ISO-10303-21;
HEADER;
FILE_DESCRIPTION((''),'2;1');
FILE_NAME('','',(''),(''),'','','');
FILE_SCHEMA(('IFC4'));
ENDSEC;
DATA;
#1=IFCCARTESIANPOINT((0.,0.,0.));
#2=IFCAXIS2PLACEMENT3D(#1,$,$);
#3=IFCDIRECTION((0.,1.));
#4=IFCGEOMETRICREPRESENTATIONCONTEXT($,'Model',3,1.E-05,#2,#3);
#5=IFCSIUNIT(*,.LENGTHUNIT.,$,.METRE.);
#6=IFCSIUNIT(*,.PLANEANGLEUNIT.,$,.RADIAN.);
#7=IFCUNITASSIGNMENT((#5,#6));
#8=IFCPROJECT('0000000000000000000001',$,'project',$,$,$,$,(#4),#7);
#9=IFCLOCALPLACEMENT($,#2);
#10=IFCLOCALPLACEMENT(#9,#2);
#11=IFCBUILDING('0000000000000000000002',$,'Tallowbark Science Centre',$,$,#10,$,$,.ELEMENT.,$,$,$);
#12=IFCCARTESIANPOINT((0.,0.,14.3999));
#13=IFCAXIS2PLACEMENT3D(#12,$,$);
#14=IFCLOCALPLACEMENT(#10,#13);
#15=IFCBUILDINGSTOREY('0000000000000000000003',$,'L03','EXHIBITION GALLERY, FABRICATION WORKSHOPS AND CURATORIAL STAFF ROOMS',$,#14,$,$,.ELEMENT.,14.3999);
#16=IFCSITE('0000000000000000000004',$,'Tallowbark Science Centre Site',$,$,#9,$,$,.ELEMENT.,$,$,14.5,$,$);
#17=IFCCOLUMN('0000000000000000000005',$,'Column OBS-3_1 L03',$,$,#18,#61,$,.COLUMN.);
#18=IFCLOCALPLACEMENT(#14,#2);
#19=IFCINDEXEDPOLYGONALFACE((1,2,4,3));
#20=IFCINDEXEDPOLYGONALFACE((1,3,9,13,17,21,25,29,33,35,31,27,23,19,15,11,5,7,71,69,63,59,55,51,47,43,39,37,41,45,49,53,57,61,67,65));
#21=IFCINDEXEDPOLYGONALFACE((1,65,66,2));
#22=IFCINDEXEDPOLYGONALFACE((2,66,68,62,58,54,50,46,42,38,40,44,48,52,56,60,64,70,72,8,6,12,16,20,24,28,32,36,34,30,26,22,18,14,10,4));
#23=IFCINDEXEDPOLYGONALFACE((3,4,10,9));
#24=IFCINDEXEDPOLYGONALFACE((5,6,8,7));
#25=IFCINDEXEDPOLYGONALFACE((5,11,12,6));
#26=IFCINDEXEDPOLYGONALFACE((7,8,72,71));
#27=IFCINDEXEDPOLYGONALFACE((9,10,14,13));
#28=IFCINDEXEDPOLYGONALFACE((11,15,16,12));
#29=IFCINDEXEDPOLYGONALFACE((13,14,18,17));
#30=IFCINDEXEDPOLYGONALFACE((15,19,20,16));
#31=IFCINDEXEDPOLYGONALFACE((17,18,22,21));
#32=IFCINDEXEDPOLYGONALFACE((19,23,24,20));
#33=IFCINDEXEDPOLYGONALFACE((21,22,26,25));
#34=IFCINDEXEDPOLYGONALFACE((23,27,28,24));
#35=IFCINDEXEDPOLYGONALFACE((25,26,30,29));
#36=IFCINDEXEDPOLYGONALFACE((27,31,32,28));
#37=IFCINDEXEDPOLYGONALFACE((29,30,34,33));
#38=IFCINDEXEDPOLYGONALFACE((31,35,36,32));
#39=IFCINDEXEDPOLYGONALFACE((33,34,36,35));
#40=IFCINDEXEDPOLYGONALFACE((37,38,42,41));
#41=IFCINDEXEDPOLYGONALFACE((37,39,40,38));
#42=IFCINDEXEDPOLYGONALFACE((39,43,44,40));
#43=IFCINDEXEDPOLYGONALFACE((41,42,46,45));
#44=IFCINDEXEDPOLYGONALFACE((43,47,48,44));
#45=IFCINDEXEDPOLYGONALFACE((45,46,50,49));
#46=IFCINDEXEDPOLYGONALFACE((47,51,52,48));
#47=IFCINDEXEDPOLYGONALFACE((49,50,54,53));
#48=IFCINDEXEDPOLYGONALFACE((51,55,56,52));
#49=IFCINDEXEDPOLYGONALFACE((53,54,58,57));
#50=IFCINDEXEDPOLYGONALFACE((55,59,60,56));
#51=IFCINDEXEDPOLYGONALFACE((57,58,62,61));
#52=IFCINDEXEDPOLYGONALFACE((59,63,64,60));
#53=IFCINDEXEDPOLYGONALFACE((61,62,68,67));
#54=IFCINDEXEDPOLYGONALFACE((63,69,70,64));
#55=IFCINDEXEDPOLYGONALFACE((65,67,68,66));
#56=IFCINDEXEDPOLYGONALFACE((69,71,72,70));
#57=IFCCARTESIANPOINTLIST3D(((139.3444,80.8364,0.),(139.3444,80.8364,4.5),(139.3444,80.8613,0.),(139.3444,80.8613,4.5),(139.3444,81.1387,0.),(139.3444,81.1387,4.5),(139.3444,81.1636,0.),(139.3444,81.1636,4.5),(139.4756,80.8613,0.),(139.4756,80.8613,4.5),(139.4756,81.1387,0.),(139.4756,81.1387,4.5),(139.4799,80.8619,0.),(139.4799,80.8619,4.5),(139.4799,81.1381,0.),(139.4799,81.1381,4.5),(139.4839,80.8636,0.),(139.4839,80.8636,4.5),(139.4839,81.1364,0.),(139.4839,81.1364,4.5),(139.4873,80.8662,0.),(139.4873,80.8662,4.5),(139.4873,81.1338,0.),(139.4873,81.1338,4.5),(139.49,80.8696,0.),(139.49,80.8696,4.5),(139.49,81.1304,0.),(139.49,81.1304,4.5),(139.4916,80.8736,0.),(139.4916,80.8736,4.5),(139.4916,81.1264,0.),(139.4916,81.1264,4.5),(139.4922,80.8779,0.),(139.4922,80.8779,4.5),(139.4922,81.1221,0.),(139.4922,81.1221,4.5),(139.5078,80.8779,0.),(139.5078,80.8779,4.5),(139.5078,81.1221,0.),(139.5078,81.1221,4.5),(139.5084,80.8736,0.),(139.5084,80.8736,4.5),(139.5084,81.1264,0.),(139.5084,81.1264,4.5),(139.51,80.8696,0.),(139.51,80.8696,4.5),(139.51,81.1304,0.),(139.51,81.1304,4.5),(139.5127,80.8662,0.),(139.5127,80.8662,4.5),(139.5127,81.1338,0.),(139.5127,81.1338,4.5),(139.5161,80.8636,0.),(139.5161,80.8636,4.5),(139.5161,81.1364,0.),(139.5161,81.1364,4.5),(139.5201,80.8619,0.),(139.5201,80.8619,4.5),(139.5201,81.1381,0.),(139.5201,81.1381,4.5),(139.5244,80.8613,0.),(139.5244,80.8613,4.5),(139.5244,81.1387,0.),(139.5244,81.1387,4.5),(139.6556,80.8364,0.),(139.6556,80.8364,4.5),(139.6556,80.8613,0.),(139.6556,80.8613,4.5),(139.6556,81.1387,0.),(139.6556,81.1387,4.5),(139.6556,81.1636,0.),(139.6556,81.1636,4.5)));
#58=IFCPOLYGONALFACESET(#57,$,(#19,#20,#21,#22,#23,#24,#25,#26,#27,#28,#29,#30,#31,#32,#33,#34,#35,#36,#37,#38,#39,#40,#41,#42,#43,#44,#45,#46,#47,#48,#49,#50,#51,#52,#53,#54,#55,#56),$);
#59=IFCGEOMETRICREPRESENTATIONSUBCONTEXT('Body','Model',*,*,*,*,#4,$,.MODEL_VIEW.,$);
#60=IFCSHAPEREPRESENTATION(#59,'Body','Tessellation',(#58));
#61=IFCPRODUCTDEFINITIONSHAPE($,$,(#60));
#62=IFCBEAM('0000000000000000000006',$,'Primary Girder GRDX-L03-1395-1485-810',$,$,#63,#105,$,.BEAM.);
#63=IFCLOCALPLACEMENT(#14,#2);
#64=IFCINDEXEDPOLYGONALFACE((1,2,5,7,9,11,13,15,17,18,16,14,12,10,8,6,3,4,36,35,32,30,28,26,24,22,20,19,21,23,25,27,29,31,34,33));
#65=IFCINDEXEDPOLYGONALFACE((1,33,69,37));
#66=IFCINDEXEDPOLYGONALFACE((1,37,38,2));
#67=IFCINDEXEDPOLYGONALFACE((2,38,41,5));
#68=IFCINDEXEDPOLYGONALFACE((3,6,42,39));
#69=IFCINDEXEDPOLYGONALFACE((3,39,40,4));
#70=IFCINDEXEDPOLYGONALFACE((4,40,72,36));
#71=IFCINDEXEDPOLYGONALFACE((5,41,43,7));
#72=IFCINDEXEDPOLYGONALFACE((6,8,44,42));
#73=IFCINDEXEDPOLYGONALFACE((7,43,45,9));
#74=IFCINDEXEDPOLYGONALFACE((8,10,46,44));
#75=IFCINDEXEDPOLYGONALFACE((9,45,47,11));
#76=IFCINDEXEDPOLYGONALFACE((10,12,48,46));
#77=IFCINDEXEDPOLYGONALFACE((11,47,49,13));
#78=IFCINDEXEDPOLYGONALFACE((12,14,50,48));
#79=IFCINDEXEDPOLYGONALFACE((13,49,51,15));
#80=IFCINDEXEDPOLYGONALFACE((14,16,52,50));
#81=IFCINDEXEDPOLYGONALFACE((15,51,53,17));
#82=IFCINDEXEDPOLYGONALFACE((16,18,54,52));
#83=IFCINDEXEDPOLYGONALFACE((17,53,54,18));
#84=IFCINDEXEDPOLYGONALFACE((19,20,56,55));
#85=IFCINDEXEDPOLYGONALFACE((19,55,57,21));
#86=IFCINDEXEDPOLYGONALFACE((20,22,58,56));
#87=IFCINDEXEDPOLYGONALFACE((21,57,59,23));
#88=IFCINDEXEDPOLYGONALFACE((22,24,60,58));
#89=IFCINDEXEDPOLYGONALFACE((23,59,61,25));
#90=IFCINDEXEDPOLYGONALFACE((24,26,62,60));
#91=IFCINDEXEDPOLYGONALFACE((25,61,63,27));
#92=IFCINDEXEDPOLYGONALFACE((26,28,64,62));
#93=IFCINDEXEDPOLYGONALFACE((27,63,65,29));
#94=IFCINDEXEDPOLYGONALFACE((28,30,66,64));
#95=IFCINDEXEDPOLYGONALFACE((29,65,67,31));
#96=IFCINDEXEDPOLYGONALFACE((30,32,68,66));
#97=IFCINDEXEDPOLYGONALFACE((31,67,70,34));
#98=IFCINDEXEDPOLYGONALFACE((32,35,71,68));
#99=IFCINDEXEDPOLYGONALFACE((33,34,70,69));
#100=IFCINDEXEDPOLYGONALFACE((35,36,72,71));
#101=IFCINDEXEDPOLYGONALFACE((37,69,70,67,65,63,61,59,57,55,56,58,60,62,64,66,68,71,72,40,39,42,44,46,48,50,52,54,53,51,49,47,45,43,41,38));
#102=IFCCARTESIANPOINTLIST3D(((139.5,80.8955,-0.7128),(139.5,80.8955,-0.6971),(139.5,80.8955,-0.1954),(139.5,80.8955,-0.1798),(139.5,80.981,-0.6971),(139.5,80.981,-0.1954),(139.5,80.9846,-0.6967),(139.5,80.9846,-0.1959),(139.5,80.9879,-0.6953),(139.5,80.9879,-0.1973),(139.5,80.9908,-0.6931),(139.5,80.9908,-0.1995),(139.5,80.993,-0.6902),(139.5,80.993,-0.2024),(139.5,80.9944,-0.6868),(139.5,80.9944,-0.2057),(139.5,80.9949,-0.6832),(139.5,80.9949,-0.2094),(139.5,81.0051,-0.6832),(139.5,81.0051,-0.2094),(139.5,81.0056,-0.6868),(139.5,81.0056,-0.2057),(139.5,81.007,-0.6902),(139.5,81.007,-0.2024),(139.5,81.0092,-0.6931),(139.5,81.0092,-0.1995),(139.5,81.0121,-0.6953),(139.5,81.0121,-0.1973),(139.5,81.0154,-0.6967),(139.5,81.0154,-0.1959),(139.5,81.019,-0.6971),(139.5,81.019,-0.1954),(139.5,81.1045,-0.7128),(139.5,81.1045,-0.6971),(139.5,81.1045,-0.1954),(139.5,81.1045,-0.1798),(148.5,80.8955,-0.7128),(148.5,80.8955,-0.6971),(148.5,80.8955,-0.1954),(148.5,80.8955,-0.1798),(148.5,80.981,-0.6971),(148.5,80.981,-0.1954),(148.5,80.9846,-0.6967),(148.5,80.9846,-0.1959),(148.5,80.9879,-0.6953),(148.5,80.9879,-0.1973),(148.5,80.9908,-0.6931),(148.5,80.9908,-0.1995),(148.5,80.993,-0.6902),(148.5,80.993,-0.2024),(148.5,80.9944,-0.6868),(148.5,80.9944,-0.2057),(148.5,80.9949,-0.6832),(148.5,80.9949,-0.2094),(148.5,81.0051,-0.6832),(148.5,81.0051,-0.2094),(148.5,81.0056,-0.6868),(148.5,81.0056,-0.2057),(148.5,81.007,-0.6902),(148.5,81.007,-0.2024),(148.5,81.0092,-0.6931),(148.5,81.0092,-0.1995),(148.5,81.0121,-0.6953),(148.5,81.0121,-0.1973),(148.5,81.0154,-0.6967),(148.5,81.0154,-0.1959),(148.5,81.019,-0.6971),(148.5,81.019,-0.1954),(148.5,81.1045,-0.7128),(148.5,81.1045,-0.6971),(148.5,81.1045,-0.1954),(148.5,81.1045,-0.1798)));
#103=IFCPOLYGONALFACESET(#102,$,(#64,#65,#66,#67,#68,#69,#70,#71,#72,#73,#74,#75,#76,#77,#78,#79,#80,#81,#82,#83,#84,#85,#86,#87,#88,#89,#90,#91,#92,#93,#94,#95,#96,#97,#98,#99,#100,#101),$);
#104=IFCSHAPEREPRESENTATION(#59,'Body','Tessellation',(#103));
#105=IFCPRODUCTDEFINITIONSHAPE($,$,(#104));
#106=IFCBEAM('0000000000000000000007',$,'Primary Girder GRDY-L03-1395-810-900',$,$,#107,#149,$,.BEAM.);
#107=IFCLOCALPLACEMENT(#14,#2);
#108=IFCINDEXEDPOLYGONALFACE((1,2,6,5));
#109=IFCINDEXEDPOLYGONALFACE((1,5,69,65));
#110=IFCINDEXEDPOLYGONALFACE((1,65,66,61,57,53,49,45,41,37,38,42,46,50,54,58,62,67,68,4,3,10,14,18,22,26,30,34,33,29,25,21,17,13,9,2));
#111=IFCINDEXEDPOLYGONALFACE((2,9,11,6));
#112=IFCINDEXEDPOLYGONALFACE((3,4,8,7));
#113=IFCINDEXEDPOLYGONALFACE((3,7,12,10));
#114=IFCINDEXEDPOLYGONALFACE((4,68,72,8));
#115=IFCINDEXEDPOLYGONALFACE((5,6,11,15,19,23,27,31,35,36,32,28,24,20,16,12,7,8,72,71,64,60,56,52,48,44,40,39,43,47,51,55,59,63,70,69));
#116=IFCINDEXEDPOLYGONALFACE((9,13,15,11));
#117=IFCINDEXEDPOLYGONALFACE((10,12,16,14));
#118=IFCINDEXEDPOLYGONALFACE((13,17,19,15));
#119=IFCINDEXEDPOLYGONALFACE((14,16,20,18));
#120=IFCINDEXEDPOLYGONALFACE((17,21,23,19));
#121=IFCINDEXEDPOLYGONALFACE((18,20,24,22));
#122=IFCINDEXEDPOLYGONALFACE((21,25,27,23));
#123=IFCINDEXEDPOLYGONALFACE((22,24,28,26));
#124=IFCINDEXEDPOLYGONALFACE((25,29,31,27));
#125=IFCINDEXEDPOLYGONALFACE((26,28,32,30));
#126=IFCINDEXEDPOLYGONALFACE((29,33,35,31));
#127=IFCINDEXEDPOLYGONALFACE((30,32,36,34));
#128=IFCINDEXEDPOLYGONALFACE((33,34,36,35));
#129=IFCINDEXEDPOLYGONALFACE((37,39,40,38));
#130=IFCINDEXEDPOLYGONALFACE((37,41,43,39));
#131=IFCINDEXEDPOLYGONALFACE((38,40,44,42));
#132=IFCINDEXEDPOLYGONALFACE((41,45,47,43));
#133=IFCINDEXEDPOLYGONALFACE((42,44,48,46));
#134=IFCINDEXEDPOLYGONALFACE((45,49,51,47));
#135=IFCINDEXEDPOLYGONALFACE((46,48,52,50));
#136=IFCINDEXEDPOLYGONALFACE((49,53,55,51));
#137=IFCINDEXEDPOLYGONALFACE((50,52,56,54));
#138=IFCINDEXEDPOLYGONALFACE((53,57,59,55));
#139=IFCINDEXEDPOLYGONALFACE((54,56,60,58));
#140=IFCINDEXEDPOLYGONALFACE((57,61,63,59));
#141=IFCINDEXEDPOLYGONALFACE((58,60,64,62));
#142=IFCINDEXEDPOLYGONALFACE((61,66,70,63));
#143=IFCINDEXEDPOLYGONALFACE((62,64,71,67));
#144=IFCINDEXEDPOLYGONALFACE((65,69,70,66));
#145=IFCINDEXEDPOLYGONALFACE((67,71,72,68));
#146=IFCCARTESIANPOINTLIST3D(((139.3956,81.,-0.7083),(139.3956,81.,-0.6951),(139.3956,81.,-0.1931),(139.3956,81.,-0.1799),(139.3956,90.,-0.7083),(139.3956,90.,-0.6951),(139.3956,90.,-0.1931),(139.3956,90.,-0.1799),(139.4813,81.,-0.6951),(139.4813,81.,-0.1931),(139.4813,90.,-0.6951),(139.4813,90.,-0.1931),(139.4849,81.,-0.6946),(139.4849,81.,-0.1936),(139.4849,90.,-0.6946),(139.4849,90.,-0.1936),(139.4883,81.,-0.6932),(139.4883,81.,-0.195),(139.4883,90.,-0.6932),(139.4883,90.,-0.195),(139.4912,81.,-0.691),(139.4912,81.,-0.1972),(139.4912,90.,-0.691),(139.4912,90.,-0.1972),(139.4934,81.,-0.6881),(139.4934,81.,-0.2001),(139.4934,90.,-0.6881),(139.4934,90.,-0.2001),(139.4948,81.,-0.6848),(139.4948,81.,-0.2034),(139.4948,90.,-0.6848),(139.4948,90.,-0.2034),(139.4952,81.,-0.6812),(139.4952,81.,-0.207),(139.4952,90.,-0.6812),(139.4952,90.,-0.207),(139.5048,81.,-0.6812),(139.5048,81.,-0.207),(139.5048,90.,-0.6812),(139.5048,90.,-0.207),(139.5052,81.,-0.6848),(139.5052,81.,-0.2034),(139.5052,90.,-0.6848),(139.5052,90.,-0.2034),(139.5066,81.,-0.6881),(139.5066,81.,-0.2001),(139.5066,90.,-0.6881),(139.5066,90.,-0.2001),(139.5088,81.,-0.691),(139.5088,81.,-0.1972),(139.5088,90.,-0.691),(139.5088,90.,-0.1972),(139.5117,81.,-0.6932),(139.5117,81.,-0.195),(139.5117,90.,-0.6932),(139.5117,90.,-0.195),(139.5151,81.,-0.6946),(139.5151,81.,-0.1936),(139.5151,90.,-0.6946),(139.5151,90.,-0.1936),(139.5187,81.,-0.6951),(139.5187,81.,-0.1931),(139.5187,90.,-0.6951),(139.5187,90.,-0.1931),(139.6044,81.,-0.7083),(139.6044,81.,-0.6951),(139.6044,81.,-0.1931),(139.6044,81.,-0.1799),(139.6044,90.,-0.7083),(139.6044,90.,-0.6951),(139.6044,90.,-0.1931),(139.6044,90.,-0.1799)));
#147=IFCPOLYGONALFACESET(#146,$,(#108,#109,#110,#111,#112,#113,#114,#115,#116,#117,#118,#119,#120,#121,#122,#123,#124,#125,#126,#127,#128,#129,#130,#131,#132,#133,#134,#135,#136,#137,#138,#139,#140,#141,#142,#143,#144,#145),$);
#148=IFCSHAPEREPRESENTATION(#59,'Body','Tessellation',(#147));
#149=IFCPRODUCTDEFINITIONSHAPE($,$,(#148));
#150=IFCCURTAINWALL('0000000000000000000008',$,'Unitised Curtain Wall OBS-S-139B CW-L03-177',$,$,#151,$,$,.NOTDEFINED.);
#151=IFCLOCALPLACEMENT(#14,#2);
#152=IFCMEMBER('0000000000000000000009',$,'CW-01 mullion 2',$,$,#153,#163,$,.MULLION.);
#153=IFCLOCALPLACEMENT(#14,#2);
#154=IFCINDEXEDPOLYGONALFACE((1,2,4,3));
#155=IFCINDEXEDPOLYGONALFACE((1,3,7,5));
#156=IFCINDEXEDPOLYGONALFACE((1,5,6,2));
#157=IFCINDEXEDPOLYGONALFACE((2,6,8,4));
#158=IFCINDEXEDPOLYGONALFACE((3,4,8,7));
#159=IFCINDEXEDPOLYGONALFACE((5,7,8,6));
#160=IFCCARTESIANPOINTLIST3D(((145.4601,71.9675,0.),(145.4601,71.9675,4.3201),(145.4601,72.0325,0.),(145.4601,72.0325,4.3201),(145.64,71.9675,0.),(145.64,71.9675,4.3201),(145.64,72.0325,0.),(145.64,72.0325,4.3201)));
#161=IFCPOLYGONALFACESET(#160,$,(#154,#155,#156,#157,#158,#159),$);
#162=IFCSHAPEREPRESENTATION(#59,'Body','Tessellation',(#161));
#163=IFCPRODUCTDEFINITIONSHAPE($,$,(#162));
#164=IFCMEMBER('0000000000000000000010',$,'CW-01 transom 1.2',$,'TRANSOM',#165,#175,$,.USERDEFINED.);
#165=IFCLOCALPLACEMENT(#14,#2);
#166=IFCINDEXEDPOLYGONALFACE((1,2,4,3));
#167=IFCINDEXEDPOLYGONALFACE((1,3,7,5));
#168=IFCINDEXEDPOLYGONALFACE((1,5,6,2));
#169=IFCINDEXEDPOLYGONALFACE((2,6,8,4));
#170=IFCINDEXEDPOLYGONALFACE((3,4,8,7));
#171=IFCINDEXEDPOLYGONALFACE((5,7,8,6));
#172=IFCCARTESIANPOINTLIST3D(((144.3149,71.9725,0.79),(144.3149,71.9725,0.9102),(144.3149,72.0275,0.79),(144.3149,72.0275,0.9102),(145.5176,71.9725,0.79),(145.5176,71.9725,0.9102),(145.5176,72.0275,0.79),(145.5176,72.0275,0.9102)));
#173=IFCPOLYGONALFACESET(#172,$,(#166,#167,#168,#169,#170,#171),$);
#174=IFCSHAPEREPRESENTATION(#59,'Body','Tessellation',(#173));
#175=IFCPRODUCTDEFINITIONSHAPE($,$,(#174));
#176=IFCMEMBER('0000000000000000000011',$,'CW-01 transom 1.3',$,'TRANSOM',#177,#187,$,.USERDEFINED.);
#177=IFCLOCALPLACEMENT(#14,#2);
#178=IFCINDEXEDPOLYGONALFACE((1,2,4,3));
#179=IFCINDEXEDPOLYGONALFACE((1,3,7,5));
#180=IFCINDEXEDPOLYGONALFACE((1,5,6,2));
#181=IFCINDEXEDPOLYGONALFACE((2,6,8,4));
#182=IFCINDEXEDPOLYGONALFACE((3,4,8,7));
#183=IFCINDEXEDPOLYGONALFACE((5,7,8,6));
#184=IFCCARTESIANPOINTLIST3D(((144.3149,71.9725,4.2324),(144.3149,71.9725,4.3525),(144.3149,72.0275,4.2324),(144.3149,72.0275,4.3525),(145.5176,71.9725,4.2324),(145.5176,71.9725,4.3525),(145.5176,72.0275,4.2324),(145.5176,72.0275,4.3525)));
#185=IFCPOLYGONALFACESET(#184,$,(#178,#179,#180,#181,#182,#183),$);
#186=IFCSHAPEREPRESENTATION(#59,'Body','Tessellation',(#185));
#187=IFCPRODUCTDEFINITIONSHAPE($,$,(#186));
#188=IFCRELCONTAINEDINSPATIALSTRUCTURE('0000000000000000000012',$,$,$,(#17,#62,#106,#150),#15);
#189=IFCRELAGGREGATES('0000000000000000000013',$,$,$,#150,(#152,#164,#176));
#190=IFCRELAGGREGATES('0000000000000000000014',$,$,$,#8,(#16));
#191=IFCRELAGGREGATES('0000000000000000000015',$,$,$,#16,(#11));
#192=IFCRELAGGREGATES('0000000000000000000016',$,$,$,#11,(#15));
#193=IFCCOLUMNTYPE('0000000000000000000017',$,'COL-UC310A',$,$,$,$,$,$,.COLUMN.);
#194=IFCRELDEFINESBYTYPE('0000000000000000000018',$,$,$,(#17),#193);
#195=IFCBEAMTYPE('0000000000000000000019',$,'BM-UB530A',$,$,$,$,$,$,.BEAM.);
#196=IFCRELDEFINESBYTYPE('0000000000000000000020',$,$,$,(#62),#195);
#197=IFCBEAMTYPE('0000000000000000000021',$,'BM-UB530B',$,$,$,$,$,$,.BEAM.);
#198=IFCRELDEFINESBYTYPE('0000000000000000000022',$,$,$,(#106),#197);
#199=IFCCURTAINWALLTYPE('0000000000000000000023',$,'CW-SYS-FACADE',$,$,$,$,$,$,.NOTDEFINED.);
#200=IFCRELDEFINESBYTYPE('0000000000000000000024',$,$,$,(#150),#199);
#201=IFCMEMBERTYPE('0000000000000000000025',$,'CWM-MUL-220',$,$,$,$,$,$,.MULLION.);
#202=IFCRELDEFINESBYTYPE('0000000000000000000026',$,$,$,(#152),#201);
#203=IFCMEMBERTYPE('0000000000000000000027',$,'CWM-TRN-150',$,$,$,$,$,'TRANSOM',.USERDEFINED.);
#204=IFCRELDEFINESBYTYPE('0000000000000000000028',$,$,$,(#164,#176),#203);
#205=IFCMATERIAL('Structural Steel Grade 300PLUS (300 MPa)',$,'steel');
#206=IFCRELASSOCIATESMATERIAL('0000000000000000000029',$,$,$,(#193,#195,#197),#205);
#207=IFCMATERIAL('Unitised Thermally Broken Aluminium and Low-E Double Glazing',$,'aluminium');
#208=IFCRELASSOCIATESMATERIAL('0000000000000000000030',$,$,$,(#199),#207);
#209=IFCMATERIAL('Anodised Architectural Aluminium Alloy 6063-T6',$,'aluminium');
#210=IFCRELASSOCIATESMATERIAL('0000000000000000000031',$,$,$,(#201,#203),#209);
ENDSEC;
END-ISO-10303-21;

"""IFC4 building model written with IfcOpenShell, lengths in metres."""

from ifc_helpers import new_model, si_unit, direction, frame, origin, origin_2d, place, context, subcontext, project, spatial, rectangle, i_section, extrude, material, material_profile, profile_set, type_object, element, aggregate, save


model = new_model("IFC4")

# Units and contexts
model_context = context("Model", 3, precision=1e-05, world=origin(), true_north=direction((0.0, 1.0)))
body_context = subcontext(model_context, "Body", "Model", "MODEL_VIEW")
ifc_project = project(units=[si_unit("LENGTHUNIT", "METRE"), si_unit("PLANEANGLEUNIT", "RADIAN")], contexts=[model_context])

# Site, building, storey
site_placement = place(None, origin())
site = spatial("IfcSite", under=ifc_project, at=site_placement, Name="Tallowbark Science Centre Site", CompositionType="ELEMENT", RefElevation=14.5)
building_placement = place(site_placement, origin())
building = spatial("IfcBuilding", under=site, at=building_placement, Name="Tallowbark Science Centre", CompositionType="ELEMENT")
storey_placement = place(building_placement, frame((0.0, 0.0, 14.3999)))
storey = spatial("IfcBuildingStorey", under=building, at=storey_placement, Name="L03", Description="EXHIBITION GALLERY, FABRICATION WORKSHOPS AND CURATORIAL STAFF ROOMS", CompositionType="ELEMENT", Elevation=14.3999)

# Column
ifc_material_1 = material(Name="Structural Steel Grade 300PLUS (300 MPa)", Category="steel")
ifc_material_profile_1 = material_profile(ifc_material_1, i_section(OverallWidth=0.3113, OverallDepth=0.3271, WebThickness=0.0156, FlangeThickness=0.0249, FilletRadius=0.0166, at=origin_2d()), Name="310UC158")
ifc_profile_set_1 = profile_set([ifc_material_profile_1], Name="Structural Steel Grade 300PLUS (300 MPa)")
column_type = type_object("IfcColumnType", Name="COL-UC310A", PredefinedType="COLUMN", material=ifc_profile_set_1)
column_placement = place(storey_placement, frame((139.5, 81.0, 0.0), z_axis=(0.0, 0.0, 1.0), x_axis=(1.0, 0.0, 0.0)))
element("IfcColumn", 1, at=column_placement, inside=storey, type_object=column_type, Name="Column OBS-3_1 L03", PredefinedType="COLUMN", context=body_context, shape_type="SweptSolid", body=[
    extrude(i_section(OverallWidth=0.3113, OverallDepth=0.3271, WebThickness=0.0156, FlangeThickness=0.0249, FilletRadius=0.0166, at=origin_2d()), origin(), (0.0, 0.0, 1.0), 4.5),
])

# Beams
ifc_material_profile_2 = material_profile(ifc_material_1, i_section(OverallWidth=0.209, OverallDepth=0.533, WebThickness=0.0103, FlangeThickness=0.0156, FilletRadius=0.0139, at=origin_2d()), Name="530UB92.4")
ifc_profile_set_2 = profile_set([ifc_material_profile_2], Name="Structural Steel Grade 300PLUS (300 MPa)")
beam_type_1 = type_object("IfcBeamType", Name="BM-UB530A", PredefinedType="BEAM", material=ifc_profile_set_2)
beam_1_placement = place(storey_placement, frame((139.5, 81.0, -0.4463), z_axis=(1.0, 0.0, 0.0), x_axis=(0.0, 1.0, 0.0)))
element("IfcBeam", 2, at=beam_1_placement, inside=storey, type_object=beam_type_1, Name="Primary Girder GRDX-L03-1395-1485-810", PredefinedType="BEAM", context=body_context, shape_type="SweptSolid", body=[
    extrude(i_section(OverallWidth=0.209, OverallDepth=0.533, WebThickness=0.0103, FlangeThickness=0.0156, FilletRadius=0.0139, at=origin_2d()), origin(), (0.0, 0.0, 1.0), 9.0),
])
ifc_material_profile_3 = material_profile(ifc_material_1, i_section(OverallWidth=0.2087, OverallDepth=0.5283, WebThickness=0.0095, FlangeThickness=0.0132, FilletRadius=0.0139, at=origin_2d()), Name="530UB82.0")
ifc_profile_set_3 = profile_set([ifc_material_profile_3], Name="Structural Steel Grade 300PLUS (300 MPa)")
beam_type_2 = type_object("IfcBeamType", Name="BM-UB530B", PredefinedType="BEAM", material=ifc_profile_set_3)
beam_2_placement = place(storey_placement, frame((139.5, 81.0, -0.4441), z_axis=(0.0, 1.0, 0.0), x_axis=(-1.0, 0.0, 0.0)))
element("IfcBeam", 3, at=beam_2_placement, inside=storey, type_object=beam_type_2, Name="Primary Girder GRDY-L03-1395-810-900", PredefinedType="BEAM", context=body_context, shape_type="SweptSolid", body=[
    extrude(i_section(OverallWidth=0.2087, OverallDepth=0.5283, WebThickness=0.0095, FlangeThickness=0.0132, FilletRadius=0.0139, at=origin_2d()), origin(), (0.0, 0.0, 1.0), 9.0),
])

# Curtain wall, members
ifc_material_2 = material(Name="Unitised Thermally Broken Aluminium and Low-E Double Glazing", Category="aluminium")
curtain_wall_type = type_object("IfcCurtainWallType", Name="CW-SYS-FACADE", PredefinedType="NOTDEFINED", material=ifc_material_2)
curtain_wall_placement = place(storey_placement, origin())
curtain_wall = element("IfcCurtainWall", 4, at=curtain_wall_placement, inside=storey, type_object=curtain_wall_type, Name="Unitised Curtain Wall OBS-S-139B CW-L03-177", PredefinedType="NOTDEFINED")
ifc_material_3 = material(Name="Anodised Architectural Aluminium Alloy 6063-T6", Category="aluminium")
ifc_material_profile_4 = material_profile(ifc_material_3, rectangle(XDim=0.0649, YDim=0.1799, at=origin_2d()), Name="ALU65x180")
ifc_profile_set_4 = profile_set([ifc_material_profile_4], Name="Anodised Architectural Aluminium Alloy 6063-T6")
member_type_1 = type_object("IfcMemberType", Name="CWM-MUL-220", PredefinedType="MULLION", material=ifc_profile_set_4)
member_1_placement = place(storey_placement, frame((145.55, 72.0, 0.0), z_axis=(0.0, 0.0, 1.0), x_axis=(0.0, 1.0, 0.0)))
member_1 = element("IfcMember", 5, at=member_1_placement, type_object=member_type_1, Name="CW-01 mullion 2", PredefinedType="MULLION", context=body_context, shape_type="SweptSolid", body=[
    extrude(rectangle(XDim=0.0649, YDim=0.1799, at=origin_2d()), origin(), (0.0, 0.0, 1.0), 4.3201),
])
ifc_material_profile_5 = material_profile(ifc_material_3, rectangle(XDim=0.0549, YDim=0.1201, at=origin_2d()), Name="ALU55x120")
ifc_profile_set_5 = profile_set([ifc_material_profile_5], Name="Anodised Architectural Aluminium Alloy 6063-T6")
member_type_2 = type_object("IfcMemberType", Name="CWM-TRN-150", ElementType="TRANSOM", PredefinedType="USERDEFINED", material=ifc_profile_set_5)
member_2_placement = place(storey_placement, frame((144.3149, 72.0, 0.8501), z_axis=(1.0, 0.0, 0.0), x_axis=(0.0, 1.0, 0.0)))
member_2 = element("IfcMember", 6, at=member_2_placement, type_object=member_type_2, Name="CW-01 transom 1.2", ObjectType="TRANSOM", PredefinedType="USERDEFINED", context=body_context, shape_type="SweptSolid", body=[
    extrude(rectangle(XDim=0.0549, YDim=0.1201, at=origin_2d()), origin(), (0.0, 0.0, 1.0), 1.2026),
])
member_3_placement = place(storey_placement, frame((144.3149, 72.0, 4.2925), z_axis=(1.0, 0.0, 0.0), x_axis=(0.0, 1.0, 0.0)))
member_3 = element("IfcMember", 7, at=member_3_placement, type_object=member_type_2, Name="CW-01 transom 1.3", ObjectType="TRANSOM", PredefinedType="USERDEFINED", context=body_context, shape_type="SweptSolid", body=[
    extrude(rectangle(XDim=0.0549, YDim=0.1201, at=origin_2d()), origin(), (0.0, 0.0, 1.0), 1.2026),
])

aggregate(curtain_wall, [member_1, member_2, member_3])

save(model, "model.ifc")
